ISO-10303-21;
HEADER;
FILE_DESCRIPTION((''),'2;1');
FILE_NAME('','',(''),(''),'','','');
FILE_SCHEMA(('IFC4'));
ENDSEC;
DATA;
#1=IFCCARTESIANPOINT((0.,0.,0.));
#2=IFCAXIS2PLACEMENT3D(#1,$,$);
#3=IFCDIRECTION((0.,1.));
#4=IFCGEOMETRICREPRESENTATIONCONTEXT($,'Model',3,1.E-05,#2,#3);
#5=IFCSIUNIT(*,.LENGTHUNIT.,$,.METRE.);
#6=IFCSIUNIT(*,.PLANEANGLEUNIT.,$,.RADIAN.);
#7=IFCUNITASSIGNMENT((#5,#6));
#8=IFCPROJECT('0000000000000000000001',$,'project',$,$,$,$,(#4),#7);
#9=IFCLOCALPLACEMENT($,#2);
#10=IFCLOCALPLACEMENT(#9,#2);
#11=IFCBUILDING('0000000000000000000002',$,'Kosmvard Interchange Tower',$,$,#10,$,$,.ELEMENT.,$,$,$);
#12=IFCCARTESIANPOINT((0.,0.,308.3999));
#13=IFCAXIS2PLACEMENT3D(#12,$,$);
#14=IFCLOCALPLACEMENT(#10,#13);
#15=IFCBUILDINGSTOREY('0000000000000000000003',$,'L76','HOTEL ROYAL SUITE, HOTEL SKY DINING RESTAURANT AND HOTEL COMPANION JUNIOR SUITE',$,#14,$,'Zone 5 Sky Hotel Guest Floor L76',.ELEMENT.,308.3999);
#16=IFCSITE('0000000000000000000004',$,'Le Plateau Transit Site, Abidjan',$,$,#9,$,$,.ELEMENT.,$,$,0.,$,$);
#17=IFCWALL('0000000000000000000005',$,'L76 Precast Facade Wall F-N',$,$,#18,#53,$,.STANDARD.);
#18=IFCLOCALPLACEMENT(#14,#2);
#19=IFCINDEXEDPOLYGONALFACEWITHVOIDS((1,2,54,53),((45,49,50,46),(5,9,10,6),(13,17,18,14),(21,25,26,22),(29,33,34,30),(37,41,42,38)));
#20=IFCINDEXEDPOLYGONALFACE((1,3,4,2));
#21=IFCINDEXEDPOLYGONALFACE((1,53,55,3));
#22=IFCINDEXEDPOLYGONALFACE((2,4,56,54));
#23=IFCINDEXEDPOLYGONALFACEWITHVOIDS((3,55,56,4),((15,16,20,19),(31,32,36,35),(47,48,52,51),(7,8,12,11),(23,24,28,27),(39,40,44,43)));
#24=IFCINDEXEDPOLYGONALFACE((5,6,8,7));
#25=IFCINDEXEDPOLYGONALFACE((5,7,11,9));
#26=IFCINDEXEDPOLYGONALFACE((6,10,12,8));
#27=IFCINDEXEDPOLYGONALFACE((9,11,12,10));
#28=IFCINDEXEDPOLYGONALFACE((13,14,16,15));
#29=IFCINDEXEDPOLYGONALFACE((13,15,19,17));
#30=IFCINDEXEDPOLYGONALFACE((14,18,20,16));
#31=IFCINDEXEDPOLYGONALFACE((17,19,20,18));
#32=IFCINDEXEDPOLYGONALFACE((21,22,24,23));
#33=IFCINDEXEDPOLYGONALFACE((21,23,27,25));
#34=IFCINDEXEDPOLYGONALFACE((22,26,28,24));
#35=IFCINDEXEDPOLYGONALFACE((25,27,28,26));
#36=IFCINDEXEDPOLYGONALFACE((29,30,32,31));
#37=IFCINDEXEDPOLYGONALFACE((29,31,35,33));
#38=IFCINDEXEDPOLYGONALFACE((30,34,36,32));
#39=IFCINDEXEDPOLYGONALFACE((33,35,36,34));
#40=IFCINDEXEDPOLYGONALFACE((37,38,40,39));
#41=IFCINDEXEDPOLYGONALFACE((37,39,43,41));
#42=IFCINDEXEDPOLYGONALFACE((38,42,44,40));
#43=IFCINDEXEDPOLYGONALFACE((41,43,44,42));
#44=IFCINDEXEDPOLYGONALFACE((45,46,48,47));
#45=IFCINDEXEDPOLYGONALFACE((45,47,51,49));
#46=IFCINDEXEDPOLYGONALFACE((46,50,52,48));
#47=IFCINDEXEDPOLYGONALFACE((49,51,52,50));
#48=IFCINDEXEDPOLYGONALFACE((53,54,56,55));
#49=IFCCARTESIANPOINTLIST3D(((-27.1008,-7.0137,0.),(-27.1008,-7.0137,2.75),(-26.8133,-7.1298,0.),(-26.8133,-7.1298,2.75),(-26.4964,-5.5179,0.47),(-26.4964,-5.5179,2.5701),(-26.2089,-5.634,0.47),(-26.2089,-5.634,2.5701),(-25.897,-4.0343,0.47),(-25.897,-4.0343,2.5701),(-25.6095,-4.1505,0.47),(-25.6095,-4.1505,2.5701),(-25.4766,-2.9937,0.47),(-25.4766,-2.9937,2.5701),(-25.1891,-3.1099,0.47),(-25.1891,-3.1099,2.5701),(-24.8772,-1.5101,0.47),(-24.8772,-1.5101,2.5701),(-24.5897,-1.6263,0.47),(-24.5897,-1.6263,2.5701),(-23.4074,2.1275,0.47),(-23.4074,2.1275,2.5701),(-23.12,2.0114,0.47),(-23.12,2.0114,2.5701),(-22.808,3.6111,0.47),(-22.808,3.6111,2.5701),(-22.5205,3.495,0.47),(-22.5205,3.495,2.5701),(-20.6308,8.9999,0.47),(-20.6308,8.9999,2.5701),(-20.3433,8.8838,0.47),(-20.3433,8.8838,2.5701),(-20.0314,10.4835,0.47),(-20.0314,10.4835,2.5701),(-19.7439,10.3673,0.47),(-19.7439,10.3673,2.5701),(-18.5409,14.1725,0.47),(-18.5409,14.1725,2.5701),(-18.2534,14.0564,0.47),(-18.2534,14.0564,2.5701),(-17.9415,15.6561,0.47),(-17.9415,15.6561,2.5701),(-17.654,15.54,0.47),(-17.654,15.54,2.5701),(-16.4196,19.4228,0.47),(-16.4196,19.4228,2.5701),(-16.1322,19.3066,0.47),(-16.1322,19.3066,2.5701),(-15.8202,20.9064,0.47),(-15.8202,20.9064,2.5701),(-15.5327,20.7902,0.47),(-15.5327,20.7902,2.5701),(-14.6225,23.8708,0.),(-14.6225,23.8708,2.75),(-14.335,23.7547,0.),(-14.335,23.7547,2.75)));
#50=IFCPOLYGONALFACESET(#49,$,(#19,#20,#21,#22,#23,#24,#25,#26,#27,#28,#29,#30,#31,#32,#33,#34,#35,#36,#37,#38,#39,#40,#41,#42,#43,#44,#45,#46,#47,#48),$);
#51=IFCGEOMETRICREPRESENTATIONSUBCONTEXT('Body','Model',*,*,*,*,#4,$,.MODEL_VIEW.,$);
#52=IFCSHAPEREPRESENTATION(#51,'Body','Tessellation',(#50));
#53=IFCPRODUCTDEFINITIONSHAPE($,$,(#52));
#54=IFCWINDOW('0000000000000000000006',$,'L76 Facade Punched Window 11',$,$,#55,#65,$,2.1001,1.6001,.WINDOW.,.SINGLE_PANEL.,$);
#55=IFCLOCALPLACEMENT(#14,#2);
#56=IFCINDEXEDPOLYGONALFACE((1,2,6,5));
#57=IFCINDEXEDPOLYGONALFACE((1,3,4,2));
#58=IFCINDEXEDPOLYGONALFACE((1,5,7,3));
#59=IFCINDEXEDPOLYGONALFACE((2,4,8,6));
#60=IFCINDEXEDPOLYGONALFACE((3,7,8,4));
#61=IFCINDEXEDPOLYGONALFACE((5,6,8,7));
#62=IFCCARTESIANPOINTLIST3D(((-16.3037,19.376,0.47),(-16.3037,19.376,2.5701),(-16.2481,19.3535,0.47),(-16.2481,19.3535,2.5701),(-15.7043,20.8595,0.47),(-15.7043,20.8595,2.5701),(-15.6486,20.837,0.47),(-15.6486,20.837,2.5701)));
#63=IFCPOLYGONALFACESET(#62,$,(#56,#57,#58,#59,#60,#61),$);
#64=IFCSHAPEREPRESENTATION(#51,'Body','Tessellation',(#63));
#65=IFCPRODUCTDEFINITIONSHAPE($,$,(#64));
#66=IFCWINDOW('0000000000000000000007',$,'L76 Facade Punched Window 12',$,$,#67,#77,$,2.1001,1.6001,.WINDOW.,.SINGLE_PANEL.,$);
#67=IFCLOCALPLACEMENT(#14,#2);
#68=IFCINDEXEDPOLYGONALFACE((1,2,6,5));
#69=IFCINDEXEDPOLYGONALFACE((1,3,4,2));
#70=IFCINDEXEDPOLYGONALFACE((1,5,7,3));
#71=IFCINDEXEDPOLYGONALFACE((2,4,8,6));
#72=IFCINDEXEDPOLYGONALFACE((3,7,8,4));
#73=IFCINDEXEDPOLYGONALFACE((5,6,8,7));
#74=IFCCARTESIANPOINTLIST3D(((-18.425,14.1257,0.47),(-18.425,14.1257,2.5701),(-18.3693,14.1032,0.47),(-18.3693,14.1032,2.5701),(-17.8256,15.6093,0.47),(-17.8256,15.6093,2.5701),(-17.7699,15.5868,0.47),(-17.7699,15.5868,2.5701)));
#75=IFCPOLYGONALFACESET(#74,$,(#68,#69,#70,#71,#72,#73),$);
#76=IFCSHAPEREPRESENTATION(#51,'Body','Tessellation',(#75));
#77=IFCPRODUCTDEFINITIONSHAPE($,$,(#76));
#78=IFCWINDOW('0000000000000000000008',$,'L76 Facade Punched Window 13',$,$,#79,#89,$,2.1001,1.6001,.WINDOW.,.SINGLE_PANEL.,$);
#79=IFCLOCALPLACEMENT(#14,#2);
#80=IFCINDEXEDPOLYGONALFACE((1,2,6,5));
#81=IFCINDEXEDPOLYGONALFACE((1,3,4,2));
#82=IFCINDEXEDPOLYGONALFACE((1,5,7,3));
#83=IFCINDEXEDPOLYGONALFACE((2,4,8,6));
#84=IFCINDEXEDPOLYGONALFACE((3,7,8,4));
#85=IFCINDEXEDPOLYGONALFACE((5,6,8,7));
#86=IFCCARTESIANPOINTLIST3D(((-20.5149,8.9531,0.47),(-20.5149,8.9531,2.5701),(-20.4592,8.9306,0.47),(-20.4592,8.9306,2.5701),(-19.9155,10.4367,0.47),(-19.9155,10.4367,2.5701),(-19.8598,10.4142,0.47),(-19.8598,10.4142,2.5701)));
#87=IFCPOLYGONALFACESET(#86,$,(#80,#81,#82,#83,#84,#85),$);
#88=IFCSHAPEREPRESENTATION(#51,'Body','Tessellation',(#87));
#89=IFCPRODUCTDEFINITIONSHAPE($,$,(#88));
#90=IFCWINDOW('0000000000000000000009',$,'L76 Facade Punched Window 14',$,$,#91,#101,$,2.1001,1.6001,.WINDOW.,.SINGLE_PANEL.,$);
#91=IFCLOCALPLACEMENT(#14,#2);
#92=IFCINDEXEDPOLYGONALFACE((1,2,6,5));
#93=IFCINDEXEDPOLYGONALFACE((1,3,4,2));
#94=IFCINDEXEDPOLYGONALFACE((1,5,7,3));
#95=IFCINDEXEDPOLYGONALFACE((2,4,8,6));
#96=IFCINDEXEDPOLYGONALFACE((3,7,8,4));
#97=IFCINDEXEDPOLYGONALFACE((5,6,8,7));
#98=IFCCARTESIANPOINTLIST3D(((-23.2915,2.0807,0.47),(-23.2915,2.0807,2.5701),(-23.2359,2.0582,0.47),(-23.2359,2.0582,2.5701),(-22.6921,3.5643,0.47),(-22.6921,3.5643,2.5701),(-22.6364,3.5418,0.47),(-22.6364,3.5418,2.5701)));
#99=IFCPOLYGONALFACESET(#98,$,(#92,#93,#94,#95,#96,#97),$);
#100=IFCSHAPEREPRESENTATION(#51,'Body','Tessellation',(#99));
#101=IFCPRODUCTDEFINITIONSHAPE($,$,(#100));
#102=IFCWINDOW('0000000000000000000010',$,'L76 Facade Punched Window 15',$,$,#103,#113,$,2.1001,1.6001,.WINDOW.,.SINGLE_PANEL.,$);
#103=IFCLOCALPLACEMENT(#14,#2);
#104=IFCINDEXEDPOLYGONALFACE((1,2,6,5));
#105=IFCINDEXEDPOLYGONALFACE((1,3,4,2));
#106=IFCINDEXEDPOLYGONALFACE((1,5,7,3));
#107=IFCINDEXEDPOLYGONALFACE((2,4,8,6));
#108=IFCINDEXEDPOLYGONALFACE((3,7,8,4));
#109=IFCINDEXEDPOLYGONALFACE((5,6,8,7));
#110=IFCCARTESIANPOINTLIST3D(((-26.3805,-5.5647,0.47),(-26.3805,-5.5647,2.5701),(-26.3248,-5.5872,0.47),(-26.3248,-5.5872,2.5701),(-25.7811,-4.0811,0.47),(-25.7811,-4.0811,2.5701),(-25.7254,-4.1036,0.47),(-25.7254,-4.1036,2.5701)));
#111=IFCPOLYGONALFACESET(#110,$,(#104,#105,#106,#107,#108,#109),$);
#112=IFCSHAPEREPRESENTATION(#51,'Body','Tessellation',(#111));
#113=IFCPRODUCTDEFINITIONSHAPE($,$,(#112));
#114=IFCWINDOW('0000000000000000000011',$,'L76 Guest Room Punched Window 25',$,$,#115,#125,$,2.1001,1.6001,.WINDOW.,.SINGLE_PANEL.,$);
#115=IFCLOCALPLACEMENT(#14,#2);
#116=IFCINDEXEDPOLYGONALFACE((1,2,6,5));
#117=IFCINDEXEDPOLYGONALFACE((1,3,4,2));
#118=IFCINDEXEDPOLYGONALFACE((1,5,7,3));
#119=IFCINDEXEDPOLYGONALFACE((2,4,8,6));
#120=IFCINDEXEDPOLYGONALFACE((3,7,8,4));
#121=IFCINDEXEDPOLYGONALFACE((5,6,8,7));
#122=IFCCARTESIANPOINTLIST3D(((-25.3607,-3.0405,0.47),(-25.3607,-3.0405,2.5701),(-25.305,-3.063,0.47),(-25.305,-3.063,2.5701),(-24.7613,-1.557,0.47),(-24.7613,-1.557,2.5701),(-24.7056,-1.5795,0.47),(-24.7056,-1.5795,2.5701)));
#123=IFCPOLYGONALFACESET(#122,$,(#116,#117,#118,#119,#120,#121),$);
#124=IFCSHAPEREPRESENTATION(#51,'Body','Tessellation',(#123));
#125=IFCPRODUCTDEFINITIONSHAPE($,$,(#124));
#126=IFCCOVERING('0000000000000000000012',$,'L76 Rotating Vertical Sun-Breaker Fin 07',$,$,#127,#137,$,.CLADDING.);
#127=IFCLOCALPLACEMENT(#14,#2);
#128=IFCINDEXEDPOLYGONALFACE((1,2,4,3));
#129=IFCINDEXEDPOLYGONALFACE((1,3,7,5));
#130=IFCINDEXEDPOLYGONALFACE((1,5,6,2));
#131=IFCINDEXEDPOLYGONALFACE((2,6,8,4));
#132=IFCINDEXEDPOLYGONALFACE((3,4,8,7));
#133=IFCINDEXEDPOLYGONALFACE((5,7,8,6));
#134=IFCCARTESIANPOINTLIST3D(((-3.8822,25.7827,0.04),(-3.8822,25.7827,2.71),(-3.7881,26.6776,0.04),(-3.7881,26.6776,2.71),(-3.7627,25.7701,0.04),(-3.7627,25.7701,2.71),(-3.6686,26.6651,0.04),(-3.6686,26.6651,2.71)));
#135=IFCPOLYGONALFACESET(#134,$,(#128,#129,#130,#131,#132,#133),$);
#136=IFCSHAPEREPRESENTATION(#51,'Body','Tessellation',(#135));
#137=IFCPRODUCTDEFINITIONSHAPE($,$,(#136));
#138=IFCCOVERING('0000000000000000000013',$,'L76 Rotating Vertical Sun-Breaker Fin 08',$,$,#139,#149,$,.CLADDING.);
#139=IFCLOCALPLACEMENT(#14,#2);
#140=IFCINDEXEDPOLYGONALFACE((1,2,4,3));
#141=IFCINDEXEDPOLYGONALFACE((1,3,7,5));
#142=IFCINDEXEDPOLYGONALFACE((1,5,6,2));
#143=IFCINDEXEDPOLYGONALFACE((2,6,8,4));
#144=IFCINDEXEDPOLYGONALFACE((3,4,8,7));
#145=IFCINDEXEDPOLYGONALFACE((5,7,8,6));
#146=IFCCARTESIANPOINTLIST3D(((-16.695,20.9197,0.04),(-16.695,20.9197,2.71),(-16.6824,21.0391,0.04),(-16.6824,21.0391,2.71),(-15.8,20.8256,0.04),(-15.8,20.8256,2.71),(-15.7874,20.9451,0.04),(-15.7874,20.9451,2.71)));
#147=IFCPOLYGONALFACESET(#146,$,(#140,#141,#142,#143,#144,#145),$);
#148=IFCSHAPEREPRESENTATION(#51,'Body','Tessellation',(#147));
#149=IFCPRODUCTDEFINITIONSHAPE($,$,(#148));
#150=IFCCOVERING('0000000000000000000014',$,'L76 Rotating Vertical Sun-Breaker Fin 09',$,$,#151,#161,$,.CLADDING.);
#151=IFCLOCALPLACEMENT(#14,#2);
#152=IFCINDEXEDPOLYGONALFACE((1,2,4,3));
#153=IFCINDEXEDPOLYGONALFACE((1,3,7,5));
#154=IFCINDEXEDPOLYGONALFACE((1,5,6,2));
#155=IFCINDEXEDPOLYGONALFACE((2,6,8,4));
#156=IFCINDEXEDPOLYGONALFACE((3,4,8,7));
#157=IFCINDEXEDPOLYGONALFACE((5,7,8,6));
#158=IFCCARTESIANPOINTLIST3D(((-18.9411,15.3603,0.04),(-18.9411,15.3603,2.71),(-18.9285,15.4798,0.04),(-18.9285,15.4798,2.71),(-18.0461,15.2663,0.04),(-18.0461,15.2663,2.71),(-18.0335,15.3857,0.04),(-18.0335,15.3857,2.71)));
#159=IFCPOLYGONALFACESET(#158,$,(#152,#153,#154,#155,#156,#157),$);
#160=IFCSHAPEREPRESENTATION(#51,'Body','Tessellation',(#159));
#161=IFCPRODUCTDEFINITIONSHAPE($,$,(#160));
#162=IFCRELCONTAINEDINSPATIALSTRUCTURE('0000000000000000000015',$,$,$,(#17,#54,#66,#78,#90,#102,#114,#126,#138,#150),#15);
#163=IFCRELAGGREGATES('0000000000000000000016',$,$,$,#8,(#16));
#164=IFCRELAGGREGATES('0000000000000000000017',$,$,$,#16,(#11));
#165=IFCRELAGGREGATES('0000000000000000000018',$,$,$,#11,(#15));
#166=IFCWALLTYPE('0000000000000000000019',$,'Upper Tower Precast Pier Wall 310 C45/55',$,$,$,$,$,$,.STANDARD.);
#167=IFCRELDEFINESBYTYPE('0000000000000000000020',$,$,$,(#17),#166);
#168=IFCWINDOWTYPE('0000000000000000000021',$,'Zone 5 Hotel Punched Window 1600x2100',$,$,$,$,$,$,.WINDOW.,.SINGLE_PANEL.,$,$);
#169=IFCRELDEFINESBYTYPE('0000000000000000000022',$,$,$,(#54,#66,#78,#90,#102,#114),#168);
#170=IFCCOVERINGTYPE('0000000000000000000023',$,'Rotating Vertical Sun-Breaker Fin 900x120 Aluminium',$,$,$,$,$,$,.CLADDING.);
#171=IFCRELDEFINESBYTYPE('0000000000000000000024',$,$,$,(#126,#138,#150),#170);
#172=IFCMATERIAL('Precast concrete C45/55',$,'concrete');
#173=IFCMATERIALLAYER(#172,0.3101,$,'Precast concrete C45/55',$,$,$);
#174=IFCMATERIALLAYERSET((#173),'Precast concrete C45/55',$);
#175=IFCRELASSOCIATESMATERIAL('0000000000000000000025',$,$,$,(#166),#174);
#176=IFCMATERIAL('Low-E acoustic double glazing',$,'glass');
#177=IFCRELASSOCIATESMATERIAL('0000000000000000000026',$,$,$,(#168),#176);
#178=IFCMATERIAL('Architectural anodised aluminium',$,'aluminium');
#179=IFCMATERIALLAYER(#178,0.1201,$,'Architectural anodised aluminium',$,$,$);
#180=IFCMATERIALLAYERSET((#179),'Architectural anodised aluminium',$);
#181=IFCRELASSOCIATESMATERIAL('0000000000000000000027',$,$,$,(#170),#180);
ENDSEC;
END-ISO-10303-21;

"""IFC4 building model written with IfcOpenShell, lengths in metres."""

from ifc_helpers import new_model, si_unit, direction, frame, frame_2d, origin, origin_2d, place, context, subcontext, project, spatial, rectangle, extrude, source, transform, mapped, material, layer, layer_set, type_object, element, fill, save


model = new_model("IFC4")

# Units and contexts
model_context = context("Model", 3, precision=1e-05, world=origin(), true_north=direction((0.0, 1.0)))
body_context = subcontext(model_context, "Body", "Model", "MODEL_VIEW")
ifc_project = project(units=[si_unit("LENGTHUNIT", "METRE"), si_unit("PLANEANGLEUNIT", "RADIAN")], contexts=[model_context])

# Site, building, storey
site_placement = place(None, origin())
site = spatial("IfcSite", under=ifc_project, at=site_placement, Name="Le Plateau Transit Site, Abidjan", CompositionType="ELEMENT", RefElevation=0.0)
building_placement = place(site_placement, origin())
building = spatial("IfcBuilding", under=site, at=building_placement, Name="Kosmvard Interchange Tower", CompositionType="ELEMENT")
storey_placement = place(building_placement, frame((0.0, 0.0, 308.3999)))
storey = spatial("IfcBuildingStorey", under=building, at=storey_placement, Name="L76", Description="HOTEL ROYAL SUITE, HOTEL SKY DINING RESTAURANT AND HOTEL COMPANION JUNIOR SUITE", LongName="Zone 5 Sky Hotel Guest Floor L76", CompositionType="ELEMENT", Elevation=308.3999)

# Shared definitions
ifc_material_1 = material(Name="Precast concrete C45/55", Category="concrete")

# Shared definitions
ifc_layer_1 = layer(ifc_material_1, 0.3101, Name="Precast concrete C45/55")
ifc_layer_set_1 = layer_set([ifc_layer_1], Name="Precast concrete C45/55")
wall_type = type_object("IfcWallType", Name="Upper Tower Precast Pier Wall 310 C45/55", PredefinedType="STANDARD", material=ifc_layer_set_1)

# Shared definitions
ifc_material_2 = material(Name="Low-E acoustic double glazing", Category="glass")
window_type = type_object("IfcWindowType", Name="Zone 5 Hotel Punched Window 1600x2100", PartitioningType="SINGLE_PANEL", PredefinedType="WINDOW", material=ifc_material_2)
shared_shape_1 = source(origin(), body_context, "Body", "SweptSolid", [
    extrude(rectangle(XDim=1.6001, YDim=2.1001, at=frame_2d((0.8, 1.05))), frame((0.0, 0.03, 0.0), z_axis=(0.0, -1.0, 0.0), x_axis=(1.0, 0.0, 0.0)), (0.0, 0.0, 1.0), 0.0601),
])

# Wall, openings, windows
wall_1_placement = place(storey_placement, frame((-14.4788, 23.8127, 0.0), z_axis=(0.0, 0.0, 1.0), x_axis=(-0.37461, -0.927183, 0.0)))
wall_1 = element("IfcWall", 1, at=wall_1_placement, inside=storey, type_object=wall_type, Name="L76 Precast Facade Wall F-N", PredefinedType="STANDARD", context=body_context, shape_type="SweptSolid", body=[
    extrude(rectangle(XDim=33.3101, YDim=0.3101, at=frame_2d((16.655, 0.0))), origin(), (0.0, 0.0, 1.0), 2.75),
])
opening_1_placement = place(wall_1_placement, frame((3.1973, 0.0, 0.47)))
opening_1 = element("IfcOpeningElement", 2, at=opening_1_placement, cuts=wall_1, PredefinedType="OPENING", context=body_context, shape_type="SweptSolid", body=[
    extrude(rectangle(XDim=1.6001, YDim=2.1001, at=frame_2d((0.8, 1.05))), frame((0.0, 0.165, 0.0), z_axis=(0.0, -1.0, 0.0), x_axis=(1.0, 0.0, 0.0)), (0.0, 0.0, 1.0), 0.3301),
])
opening_2_placement = place(wall_1_placement, frame((8.8599, 0.0, 0.47)))
opening_2 = element("IfcOpeningElement", 3, at=opening_2_placement, cuts=wall_1, PredefinedType="OPENING", context=body_context, shape_type="SweptSolid", body=[
    extrude(rectangle(XDim=1.6001, YDim=2.1001, at=frame_2d((0.8, 1.05))), frame((0.0, 0.165, 0.0), z_axis=(0.0, -1.0, 0.0), x_axis=(1.0, 0.0, 0.0)), (0.0, 0.0, 1.0), 0.3301),
])
opening_3_placement = place(wall_1_placement, frame((14.4387, 0.0, 0.47)))
opening_3 = element("IfcOpeningElement", 4, at=opening_3_placement, cuts=wall_1, PredefinedType="OPENING", context=body_context, shape_type="SweptSolid", body=[
    extrude(rectangle(XDim=1.6001, YDim=2.1001, at=frame_2d((0.8, 1.05))), frame((0.0, 0.165, 0.0), z_axis=(0.0, -1.0, 0.0), x_axis=(1.0, 0.0, 0.0)), (0.0, 0.0, 1.0), 0.3301),
])
opening_4_placement = place(wall_1_placement, frame((21.8508, 0.0, 0.47)))
opening_4 = element("IfcOpeningElement", 5, at=opening_4_placement, cuts=wall_1, PredefinedType="OPENING", context=body_context, shape_type="SweptSolid", body=[
    extrude(rectangle(XDim=1.6001, YDim=2.1001, at=frame_2d((0.8, 1.05))), frame((0.0, 0.165, 0.0), z_axis=(0.0, -1.0, 0.0), x_axis=(1.0, 0.0, 0.0)), (0.0, 0.0, 1.0), 0.3301),
])
opening_5_placement = place(wall_1_placement, frame((30.0967, 0.0, 0.47)))
opening_5 = element("IfcOpeningElement", 6, at=opening_5_placement, cuts=wall_1, PredefinedType="OPENING", context=body_context, shape_type="SweptSolid", body=[
    extrude(rectangle(XDim=1.6001, YDim=2.1001, at=frame_2d((0.8, 1.05))), frame((0.0, 0.165, 0.0), z_axis=(0.0, -1.0, 0.0), x_axis=(1.0, 0.0, 0.0)), (0.0, 0.0, 1.0), 0.3301),
])
opening_6_placement = place(wall_1_placement, frame((27.3743, 0.0, 0.47)))
opening_6 = element("IfcOpeningElement", 7, at=opening_6_placement, cuts=wall_1, PredefinedType="OPENING", context=body_context, shape_type="SweptSolid", body=[
    extrude(rectangle(XDim=1.6001, YDim=2.1001, at=frame_2d((0.8, 1.05))), frame((0.0, 0.165, 0.0), z_axis=(0.0, -1.0, 0.0), x_axis=(1.0, 0.0, 0.0)), (0.0, 0.0, 1.0), 0.3301),
])
window_1_placement = place(opening_1_placement, origin())
window_1 = element("IfcWindow", 8, at=window_1_placement, inside=storey, type_object=window_type, Name="L76 Facade Punched Window 11", OverallHeight=2.1001, OverallWidth=1.6001, PartitioningType="SINGLE_PANEL", PredefinedType="WINDOW", context=body_context, shape_type="MappedRepresentation", body=[
    mapped(shared_shape_1, transform((0.0, 0.0, 0.0), scale=1.0)),
])
fill(opening_1, window_1)
window_2_placement = place(opening_2_placement, origin())
window_2 = element("IfcWindow", 9, at=window_2_placement, inside=storey, type_object=window_type, Name="L76 Facade Punched Window 12", OverallHeight=2.1001, OverallWidth=1.6001, PartitioningType="SINGLE_PANEL", PredefinedType="WINDOW", context=body_context, shape_type="MappedRepresentation", body=[
    mapped(shared_shape_1, transform((0.0, 0.0, 0.0), scale=1.0)),
])
fill(opening_2, window_2)
window_3_placement = place(opening_3_placement, origin())
window_3 = element("IfcWindow", 10, at=window_3_placement, inside=storey, type_object=window_type, Name="L76 Facade Punched Window 13", OverallHeight=2.1001, OverallWidth=1.6001, PartitioningType="SINGLE_PANEL", PredefinedType="WINDOW", context=body_context, shape_type="MappedRepresentation", body=[
    mapped(shared_shape_1, transform((0.0, 0.0, 0.0), scale=1.0)),
])
fill(opening_3, window_3)
window_4_placement = place(opening_4_placement, origin())
window_4 = element("IfcWindow", 11, at=window_4_placement, inside=storey, type_object=window_type, Name="L76 Facade Punched Window 14", OverallHeight=2.1001, OverallWidth=1.6001, PartitioningType="SINGLE_PANEL", PredefinedType="WINDOW", context=body_context, shape_type="MappedRepresentation", body=[
    mapped(shared_shape_1, transform((0.0, 0.0, 0.0), scale=1.0)),
])
fill(opening_4, window_4)
window_5_placement = place(opening_5_placement, origin())
window_5 = element("IfcWindow", 12, at=window_5_placement, inside=storey, type_object=window_type, Name="L76 Facade Punched Window 15", OverallHeight=2.1001, OverallWidth=1.6001, PartitioningType="SINGLE_PANEL", PredefinedType="WINDOW", context=body_context, shape_type="MappedRepresentation", body=[
    mapped(shared_shape_1, transform((0.0, 0.0, 0.0), scale=1.0)),
])
fill(opening_5, window_5)
window_6_placement = place(opening_6_placement, origin())
window_6 = element("IfcWindow", 13, at=window_6_placement, inside=storey, type_object=window_type, Name="L76 Guest Room Punched Window 25", OverallHeight=2.1001, OverallWidth=1.6001, PartitioningType="SINGLE_PANEL", PredefinedType="WINDOW", context=body_context, shape_type="MappedRepresentation", body=[
    mapped(shared_shape_1, transform((0.0, 0.0, 0.0), scale=1.0)),
])
fill(opening_6, window_6)

# Coverings
ifc_material_3 = material(Name="Architectural anodised aluminium", Category="aluminium")
ifc_layer_2 = layer(ifc_material_3, 0.1201, Name="Architectural anodised aluminium")
ifc_layer_set_2 = layer_set([ifc_layer_2], Name="Architectural anodised aluminium")
covering_type = type_object("IfcCoveringType", Name="Rotating Vertical Sun-Breaker Fin 900x120 Aluminium", PredefinedType="CLADDING", material=ifc_layer_set_2)
shared_shape_2 = source(origin(), body_context, "Body", "SweptSolid", [
    extrude(rectangle(XDim=0.8999, YDim=0.1201, at=origin_2d()), origin(), (0.0, 0.0, 1.0), 2.6699),
])
for number, where, z_axis, x_axis, name in (
    (14, (-3.7754, 26.2239, 0.04), (0.0, 0.0, 1.0), (0.104528, 0.994522, 0.0), "L76 Rotating Vertical Sun-Breaker Fin 07"),
    (15, (-16.2412, 20.9324, 0.04), (0.0, 0.0, 1.0), (-0.994522, 0.104528, 0.0), "L76 Rotating Vertical Sun-Breaker Fin 08"),
    (16, (-18.4873, 15.373, 0.04), (0.0, 0.0, 1.0), (-0.994522, 0.104528, 0.0), "L76 Rotating Vertical Sun-Breaker Fin 09"),
):
    element("IfcCovering", number, at=place(storey_placement, frame(where, z_axis=z_axis, x_axis=x_axis)), inside=storey, type_object=covering_type, Name=name, PredefinedType="CLADDING", context=body_context, shape_type="MappedRepresentation", body=[
        mapped(shared_shape_2, transform((0.0, 0.0, 0.0), scale=1.0)),
    ])

save(model, "model.ifc")
